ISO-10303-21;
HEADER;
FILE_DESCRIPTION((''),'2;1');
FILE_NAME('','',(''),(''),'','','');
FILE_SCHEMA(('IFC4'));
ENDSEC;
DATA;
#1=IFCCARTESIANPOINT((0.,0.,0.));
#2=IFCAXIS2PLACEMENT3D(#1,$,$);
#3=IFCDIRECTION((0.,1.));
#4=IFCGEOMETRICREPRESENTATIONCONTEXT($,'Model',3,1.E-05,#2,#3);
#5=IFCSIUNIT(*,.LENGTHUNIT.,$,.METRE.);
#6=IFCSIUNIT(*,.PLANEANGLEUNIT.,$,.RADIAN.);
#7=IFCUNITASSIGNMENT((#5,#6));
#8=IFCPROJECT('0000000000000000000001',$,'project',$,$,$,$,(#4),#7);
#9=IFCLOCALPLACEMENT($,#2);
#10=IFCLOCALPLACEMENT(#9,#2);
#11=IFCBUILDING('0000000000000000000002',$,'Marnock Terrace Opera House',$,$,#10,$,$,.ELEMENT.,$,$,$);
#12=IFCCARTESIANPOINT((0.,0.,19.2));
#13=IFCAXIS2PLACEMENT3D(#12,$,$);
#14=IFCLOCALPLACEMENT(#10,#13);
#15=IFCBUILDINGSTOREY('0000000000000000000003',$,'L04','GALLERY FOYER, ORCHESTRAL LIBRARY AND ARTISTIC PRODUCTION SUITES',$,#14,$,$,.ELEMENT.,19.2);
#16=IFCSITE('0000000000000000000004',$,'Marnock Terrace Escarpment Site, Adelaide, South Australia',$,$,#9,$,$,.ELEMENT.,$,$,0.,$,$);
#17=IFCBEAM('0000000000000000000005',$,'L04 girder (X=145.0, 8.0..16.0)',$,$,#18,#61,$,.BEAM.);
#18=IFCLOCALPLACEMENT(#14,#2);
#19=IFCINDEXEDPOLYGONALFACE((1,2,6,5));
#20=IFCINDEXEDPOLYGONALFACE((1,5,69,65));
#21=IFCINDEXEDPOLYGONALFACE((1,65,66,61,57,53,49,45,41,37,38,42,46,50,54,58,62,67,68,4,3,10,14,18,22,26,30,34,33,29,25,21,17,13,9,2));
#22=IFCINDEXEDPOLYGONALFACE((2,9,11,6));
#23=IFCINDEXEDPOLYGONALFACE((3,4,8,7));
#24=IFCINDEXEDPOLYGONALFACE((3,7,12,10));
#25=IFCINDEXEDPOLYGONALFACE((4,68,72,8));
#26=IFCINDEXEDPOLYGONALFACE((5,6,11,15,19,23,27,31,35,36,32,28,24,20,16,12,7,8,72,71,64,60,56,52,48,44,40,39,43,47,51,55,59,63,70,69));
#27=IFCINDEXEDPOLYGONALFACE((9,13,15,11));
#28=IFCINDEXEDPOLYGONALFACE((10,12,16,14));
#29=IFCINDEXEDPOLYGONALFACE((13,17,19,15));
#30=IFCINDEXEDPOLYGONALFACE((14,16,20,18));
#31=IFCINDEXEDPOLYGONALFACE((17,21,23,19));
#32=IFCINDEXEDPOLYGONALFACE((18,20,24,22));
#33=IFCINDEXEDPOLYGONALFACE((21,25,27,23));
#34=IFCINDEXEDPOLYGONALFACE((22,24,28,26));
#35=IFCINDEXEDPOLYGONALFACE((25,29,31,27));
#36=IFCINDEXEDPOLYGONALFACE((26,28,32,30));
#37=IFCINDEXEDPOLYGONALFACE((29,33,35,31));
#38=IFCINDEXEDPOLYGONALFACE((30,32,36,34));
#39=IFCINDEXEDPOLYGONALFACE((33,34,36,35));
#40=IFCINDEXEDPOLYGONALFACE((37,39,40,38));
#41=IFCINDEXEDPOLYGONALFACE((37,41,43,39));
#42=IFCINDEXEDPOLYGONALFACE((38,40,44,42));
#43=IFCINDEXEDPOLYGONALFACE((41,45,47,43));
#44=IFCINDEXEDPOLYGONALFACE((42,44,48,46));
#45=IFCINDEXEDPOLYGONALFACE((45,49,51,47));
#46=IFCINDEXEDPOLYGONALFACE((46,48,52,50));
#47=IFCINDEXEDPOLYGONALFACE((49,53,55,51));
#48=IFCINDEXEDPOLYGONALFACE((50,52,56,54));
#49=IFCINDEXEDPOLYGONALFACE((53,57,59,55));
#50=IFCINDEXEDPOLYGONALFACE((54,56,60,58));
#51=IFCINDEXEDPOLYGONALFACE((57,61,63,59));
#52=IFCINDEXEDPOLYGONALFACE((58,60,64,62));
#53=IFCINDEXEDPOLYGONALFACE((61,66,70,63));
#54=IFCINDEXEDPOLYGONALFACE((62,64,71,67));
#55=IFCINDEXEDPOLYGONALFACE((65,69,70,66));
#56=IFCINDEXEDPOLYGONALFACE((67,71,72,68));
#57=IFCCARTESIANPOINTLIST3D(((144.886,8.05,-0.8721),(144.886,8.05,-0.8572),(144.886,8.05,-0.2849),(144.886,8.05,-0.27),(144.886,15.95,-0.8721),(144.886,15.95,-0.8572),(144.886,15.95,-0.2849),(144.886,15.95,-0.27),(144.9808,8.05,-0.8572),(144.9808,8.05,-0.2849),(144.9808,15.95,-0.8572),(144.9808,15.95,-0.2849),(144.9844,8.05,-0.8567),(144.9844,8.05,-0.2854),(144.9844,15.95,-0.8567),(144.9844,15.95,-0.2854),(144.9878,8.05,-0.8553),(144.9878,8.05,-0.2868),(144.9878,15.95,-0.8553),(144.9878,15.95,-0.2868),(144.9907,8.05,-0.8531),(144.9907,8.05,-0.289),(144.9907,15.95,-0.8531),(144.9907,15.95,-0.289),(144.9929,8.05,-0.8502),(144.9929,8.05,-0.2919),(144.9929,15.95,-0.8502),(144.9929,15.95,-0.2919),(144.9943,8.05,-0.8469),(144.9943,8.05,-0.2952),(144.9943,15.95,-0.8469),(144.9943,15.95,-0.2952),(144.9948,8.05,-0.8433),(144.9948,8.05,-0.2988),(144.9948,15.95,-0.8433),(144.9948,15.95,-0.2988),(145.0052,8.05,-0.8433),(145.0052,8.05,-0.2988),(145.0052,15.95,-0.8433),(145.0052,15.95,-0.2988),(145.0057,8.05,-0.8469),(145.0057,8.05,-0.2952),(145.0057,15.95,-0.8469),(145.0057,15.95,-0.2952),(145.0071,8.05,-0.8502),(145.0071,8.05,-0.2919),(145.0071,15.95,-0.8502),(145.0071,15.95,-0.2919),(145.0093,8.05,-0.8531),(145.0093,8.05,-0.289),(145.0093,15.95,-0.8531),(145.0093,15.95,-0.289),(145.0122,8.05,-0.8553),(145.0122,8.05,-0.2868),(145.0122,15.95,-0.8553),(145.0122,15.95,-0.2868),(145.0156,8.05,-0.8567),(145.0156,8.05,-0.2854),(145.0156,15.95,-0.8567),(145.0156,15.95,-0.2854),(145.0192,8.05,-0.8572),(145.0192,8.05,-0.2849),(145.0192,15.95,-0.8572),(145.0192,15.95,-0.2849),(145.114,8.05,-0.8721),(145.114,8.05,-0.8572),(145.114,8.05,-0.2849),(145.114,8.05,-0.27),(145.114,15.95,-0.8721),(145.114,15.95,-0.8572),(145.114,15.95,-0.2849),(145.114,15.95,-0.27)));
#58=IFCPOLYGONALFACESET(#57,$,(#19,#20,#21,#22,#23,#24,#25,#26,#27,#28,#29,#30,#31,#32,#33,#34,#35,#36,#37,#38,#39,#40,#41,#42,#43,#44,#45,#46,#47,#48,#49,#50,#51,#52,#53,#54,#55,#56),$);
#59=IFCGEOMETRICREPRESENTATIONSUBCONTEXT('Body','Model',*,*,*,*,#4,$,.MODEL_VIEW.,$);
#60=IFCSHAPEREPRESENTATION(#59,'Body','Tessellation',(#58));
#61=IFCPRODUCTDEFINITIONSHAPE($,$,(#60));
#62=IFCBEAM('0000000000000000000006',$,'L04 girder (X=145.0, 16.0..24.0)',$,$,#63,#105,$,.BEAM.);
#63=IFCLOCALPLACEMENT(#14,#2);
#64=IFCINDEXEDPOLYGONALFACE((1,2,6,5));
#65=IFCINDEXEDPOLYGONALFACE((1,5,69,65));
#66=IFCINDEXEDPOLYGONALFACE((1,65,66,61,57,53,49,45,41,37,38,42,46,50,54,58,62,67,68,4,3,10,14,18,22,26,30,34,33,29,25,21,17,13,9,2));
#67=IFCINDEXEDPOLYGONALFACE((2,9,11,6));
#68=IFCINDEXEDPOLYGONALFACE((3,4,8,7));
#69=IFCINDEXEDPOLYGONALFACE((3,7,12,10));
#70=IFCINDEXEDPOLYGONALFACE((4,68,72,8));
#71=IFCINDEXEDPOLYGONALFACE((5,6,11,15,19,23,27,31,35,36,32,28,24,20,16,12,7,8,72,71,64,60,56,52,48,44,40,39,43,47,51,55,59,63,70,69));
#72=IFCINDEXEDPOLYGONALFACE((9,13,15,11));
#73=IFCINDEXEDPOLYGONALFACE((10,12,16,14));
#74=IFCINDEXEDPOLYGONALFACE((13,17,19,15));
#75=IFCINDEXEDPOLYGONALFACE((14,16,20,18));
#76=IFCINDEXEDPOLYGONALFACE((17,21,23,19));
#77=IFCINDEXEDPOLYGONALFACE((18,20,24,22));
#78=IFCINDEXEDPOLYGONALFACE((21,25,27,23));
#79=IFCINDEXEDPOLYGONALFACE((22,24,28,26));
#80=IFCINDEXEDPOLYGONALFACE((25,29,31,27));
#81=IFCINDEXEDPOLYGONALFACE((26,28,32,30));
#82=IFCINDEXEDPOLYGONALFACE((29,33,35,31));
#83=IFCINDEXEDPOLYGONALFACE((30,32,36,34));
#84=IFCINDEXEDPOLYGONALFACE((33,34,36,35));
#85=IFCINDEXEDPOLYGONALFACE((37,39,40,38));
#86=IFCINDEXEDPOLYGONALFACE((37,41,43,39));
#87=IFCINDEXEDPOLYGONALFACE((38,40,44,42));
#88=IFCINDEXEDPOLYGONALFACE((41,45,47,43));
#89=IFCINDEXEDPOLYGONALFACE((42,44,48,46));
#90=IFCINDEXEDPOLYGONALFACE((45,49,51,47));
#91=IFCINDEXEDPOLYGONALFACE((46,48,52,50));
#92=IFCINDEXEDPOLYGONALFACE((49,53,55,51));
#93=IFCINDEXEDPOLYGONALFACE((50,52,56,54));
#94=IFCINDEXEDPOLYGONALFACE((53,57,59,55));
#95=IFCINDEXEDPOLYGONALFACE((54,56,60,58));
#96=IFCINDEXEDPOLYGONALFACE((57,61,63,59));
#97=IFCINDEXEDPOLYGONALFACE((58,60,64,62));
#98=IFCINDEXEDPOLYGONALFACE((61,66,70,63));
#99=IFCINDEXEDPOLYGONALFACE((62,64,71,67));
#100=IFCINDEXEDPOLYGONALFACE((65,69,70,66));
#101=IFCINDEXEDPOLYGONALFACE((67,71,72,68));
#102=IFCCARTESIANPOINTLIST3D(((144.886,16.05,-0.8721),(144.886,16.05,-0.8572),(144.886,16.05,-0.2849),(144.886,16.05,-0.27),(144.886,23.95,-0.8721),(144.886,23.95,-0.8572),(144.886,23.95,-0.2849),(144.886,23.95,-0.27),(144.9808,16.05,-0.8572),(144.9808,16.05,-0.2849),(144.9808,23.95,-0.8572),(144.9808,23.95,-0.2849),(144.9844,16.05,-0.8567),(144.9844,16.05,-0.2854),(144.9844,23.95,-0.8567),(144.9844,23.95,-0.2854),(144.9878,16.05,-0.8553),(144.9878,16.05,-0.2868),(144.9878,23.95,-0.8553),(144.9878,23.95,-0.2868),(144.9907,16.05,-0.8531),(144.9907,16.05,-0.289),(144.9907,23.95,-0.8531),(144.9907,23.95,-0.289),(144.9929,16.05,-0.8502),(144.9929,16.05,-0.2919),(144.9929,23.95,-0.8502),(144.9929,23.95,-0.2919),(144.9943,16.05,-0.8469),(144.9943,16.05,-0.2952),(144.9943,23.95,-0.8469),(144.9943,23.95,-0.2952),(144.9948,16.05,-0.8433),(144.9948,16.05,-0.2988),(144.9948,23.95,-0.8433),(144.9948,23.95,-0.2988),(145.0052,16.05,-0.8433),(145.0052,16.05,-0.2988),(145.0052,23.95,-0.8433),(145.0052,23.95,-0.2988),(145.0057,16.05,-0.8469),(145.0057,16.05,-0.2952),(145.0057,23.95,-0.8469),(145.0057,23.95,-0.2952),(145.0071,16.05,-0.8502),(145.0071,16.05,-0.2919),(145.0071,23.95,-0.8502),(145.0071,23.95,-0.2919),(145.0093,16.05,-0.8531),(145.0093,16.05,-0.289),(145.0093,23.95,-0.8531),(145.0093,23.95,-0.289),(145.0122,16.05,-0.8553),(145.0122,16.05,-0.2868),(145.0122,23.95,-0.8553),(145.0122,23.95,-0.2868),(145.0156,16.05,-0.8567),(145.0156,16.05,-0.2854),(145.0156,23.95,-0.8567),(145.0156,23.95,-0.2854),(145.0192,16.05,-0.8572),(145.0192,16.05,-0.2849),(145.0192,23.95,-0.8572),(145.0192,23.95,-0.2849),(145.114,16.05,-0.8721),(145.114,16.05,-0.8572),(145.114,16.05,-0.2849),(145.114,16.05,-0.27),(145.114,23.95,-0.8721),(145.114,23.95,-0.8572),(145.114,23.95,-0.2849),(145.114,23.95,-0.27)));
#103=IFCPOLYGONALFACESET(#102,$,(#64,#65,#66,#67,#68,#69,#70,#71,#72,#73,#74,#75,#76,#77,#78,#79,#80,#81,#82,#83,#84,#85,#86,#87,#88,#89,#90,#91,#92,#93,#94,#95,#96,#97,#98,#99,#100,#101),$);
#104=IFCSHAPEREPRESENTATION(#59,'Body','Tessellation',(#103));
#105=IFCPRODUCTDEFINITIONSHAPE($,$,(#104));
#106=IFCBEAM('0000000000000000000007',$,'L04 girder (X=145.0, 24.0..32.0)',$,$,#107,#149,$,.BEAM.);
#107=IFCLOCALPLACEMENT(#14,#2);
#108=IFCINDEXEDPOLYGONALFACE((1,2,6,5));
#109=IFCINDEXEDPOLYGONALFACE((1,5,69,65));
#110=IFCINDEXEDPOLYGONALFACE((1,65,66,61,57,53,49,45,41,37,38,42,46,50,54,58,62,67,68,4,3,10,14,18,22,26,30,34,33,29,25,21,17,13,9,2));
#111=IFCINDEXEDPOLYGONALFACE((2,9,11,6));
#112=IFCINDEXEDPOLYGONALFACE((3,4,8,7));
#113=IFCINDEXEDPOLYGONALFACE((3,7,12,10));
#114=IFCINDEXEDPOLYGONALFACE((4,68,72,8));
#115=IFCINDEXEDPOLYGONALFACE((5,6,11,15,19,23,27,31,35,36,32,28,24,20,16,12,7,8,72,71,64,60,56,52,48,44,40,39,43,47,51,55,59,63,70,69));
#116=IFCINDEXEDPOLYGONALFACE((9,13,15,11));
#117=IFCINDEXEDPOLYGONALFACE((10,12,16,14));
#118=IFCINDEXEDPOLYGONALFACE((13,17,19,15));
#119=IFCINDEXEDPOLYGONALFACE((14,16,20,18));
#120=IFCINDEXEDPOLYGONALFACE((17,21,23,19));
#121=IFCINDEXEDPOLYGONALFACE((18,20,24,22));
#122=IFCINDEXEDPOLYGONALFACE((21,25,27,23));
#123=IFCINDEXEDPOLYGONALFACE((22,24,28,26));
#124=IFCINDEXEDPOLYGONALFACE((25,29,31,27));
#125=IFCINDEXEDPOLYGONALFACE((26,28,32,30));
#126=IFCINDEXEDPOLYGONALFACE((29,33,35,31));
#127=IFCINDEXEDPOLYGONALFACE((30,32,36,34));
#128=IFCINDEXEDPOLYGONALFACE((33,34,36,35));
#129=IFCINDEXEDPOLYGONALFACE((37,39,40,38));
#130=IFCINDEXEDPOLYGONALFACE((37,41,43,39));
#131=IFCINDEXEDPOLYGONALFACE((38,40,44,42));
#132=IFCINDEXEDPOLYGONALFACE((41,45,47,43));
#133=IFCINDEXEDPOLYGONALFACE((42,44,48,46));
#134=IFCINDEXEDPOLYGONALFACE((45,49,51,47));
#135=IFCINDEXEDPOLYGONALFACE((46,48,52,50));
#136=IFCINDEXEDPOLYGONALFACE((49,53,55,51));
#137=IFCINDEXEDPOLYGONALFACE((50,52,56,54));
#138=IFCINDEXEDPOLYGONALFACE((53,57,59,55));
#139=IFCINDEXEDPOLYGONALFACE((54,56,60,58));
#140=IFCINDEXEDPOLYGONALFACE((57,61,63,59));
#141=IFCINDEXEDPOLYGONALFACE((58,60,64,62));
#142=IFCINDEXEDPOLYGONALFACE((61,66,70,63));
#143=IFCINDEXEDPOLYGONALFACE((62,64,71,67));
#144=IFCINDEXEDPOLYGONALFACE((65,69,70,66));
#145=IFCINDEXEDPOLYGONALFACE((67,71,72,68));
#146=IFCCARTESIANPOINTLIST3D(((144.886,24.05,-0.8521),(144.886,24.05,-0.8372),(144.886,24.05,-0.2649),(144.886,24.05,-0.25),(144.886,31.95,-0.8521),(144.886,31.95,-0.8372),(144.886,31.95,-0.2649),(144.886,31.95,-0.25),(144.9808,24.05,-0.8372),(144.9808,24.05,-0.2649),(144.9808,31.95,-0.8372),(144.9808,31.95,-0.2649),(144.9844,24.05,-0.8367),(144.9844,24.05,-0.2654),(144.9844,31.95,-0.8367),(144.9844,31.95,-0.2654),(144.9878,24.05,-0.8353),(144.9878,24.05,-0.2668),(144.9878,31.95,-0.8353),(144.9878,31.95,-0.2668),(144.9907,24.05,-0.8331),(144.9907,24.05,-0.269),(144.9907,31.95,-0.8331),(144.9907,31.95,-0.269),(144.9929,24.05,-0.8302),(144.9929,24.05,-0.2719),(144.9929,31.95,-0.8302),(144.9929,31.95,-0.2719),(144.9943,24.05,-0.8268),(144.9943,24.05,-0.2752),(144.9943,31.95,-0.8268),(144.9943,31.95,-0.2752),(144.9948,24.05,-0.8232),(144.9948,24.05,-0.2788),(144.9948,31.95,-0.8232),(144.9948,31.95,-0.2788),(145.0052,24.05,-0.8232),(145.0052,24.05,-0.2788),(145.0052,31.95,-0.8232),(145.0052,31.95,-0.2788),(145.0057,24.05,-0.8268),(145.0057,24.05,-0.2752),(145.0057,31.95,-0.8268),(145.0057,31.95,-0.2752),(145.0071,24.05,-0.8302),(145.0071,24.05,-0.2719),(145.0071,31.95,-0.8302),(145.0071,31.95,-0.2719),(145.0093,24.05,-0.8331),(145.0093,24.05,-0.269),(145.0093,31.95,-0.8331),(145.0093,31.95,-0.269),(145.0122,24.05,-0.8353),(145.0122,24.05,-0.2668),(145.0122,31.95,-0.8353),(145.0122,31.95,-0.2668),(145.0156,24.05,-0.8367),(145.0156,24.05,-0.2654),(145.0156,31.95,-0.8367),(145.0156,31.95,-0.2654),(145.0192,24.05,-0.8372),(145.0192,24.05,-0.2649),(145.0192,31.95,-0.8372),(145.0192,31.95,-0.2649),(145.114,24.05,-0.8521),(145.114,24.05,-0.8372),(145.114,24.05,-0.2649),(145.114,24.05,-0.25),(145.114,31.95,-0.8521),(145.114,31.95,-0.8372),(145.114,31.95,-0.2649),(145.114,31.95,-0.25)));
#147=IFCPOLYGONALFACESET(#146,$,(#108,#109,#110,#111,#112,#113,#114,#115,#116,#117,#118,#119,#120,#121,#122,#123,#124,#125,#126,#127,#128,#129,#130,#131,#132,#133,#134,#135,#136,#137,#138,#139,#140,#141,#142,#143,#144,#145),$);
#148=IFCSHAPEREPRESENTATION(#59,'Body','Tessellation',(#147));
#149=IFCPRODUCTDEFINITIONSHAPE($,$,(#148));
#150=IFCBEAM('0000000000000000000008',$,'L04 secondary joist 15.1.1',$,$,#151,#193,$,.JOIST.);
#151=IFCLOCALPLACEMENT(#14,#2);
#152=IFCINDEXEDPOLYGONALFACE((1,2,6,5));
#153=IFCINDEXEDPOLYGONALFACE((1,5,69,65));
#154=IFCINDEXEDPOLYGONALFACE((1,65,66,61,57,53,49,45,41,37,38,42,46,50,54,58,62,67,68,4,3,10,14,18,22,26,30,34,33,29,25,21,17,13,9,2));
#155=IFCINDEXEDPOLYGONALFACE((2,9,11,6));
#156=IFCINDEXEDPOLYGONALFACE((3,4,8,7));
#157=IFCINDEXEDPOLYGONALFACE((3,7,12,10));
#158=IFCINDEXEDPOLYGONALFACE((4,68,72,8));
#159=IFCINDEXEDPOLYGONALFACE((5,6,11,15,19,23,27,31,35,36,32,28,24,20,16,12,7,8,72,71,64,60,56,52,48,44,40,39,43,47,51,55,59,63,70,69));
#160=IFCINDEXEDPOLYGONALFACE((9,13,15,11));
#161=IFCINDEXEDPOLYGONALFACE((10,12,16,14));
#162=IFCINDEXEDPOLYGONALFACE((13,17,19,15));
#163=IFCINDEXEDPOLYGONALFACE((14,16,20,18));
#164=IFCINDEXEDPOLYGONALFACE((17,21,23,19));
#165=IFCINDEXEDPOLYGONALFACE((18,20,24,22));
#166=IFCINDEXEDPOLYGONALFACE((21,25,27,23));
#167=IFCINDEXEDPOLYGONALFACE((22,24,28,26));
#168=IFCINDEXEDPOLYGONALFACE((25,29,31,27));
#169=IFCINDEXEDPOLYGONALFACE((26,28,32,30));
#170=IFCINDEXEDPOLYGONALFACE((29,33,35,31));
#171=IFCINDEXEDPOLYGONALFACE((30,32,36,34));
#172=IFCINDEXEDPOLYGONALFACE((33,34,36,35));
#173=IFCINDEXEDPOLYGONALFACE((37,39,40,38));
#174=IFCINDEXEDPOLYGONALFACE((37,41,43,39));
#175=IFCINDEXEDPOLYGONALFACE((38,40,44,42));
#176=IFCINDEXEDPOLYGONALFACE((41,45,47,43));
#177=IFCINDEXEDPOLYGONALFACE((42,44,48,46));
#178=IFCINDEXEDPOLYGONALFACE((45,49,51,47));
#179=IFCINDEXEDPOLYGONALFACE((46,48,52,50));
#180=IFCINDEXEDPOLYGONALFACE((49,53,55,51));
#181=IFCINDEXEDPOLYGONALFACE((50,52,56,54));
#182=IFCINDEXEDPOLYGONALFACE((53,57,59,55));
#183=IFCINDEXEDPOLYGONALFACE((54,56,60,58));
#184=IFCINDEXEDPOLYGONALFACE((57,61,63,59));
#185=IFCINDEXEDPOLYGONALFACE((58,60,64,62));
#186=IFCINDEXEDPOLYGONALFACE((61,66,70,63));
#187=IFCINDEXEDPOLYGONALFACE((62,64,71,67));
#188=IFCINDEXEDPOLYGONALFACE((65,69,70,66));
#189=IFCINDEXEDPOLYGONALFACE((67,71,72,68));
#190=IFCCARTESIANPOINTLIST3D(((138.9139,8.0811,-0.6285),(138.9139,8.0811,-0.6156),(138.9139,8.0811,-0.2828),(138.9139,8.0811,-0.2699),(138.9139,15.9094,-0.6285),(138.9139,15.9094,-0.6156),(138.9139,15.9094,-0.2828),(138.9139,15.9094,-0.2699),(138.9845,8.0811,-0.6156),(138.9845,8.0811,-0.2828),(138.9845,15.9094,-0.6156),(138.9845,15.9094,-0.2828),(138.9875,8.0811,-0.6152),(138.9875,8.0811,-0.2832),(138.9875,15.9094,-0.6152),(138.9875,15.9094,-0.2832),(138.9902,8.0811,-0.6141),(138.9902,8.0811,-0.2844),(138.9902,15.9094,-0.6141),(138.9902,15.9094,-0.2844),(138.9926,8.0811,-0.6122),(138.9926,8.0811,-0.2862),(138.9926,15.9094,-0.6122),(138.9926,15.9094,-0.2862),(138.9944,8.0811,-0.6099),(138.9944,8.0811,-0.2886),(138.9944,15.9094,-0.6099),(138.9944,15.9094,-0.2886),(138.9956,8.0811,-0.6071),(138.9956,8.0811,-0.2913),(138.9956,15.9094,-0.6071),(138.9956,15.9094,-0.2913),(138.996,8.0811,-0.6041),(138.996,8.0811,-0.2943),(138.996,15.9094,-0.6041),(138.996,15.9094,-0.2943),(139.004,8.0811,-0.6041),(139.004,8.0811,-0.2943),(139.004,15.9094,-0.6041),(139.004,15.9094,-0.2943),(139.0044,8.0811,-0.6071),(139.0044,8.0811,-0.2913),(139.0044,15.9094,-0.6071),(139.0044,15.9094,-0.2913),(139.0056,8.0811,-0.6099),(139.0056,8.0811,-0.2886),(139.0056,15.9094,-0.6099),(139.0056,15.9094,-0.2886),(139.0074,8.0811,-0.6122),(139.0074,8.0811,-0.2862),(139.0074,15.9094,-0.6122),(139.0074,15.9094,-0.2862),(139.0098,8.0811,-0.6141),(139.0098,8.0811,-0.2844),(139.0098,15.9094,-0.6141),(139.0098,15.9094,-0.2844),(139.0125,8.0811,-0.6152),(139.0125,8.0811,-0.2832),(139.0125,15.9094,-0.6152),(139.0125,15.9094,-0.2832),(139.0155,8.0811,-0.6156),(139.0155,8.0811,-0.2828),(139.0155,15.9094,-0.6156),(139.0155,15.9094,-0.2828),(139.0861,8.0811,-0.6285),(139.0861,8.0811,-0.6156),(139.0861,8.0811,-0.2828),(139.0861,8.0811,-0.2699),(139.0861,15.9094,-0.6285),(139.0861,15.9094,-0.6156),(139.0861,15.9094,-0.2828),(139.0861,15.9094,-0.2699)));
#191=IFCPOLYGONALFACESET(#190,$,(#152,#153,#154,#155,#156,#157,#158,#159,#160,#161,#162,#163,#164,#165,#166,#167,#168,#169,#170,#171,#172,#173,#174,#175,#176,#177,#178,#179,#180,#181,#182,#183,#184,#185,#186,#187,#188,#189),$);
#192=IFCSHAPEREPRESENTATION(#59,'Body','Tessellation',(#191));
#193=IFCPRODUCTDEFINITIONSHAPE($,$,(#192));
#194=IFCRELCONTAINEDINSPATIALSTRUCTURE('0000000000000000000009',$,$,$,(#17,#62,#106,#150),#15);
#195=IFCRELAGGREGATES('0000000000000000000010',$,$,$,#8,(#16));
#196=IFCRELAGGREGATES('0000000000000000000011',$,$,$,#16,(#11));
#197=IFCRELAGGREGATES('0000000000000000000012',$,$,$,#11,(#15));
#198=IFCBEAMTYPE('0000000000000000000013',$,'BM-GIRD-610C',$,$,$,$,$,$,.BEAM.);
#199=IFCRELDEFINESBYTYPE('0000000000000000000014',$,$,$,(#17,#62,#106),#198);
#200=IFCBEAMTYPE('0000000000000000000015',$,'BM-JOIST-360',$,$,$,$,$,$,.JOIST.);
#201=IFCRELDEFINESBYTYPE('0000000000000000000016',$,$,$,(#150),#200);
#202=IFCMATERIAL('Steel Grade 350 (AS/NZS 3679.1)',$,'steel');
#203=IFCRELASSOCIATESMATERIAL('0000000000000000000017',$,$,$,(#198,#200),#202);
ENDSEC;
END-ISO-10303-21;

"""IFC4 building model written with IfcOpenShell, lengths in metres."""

from ifc_helpers import new_model, si_unit, direction, frame, origin, origin_2d, place, context, subcontext, project, spatial, i_section, extrude, material, material_profile, profile_set, type_object, element, save


model = new_model("IFC4")

# Units and contexts
model_context = context("Model", 3, precision=1e-05, world=origin(), true_north=direction((0.0, 1.0)))
body_context = subcontext(model_context, "Body", "Model", "MODEL_VIEW")
ifc_project = project(units=[si_unit("LENGTHUNIT", "METRE"), si_unit("PLANEANGLEUNIT", "RADIAN")], contexts=[model_context])

# Site, building, storey
site_placement = place(None, origin())
site = spatial("IfcSite", under=ifc_project, at=site_placement, Name="Marnock Terrace Escarpment Site, Adelaide, South Australia", CompositionType="ELEMENT", RefElevation=0.0)
building_placement = place(site_placement, origin())
building = spatial("IfcBuilding", under=site, at=building_placement, Name="Marnock Terrace Opera House", CompositionType="ELEMENT")
storey_placement = place(building_placement, frame((0.0, 0.0, 19.2)))
storey = spatial("IfcBuildingStorey", under=building, at=storey_placement, Name="L04", Description="GALLERY FOYER, ORCHESTRAL LIBRARY AND ARTISTIC PRODUCTION SUITES", CompositionType="ELEMENT", Elevation=19.2)

# Beams
ifc_material_1 = material(Name="Steel Grade 350 (AS/NZS 3679.1)", Category="steel")
ifc_material_profile_1 = material_profile(ifc_material_1, i_section(OverallWidth=0.228, OverallDepth=0.6021, WebThickness=0.0105, FlangeThickness=0.0149, FilletRadius=0.0139, at=origin_2d()))
ifc_profile_set_1 = profile_set([ifc_material_profile_1], Name="Steel Grade 350 (AS/NZS 3679.1)")
beam_type_1 = type_object("IfcBeamType", Name="BM-GIRD-610C", PredefinedType="BEAM", material=ifc_profile_set_1)
for number, where, z_axis, x_axis, name in (
    (1, (145.0, 8.05, -0.571), (0.0, 1.0, 0.0), (-1.0, 0.0, 0.0), "L04 girder (X=145.0, 8.0..16.0)"),
    (2, (145.0, 16.05, -0.571), (0.0, 1.0, 0.0), (-1.0, 0.0, 0.0), "L04 girder (X=145.0, 16.0..24.0)"),
    (3, (145.0, 24.05, -0.551), (0.0, 1.0, 0.0), (-1.0, 0.0, 0.0), "L04 girder (X=145.0, 24.0..32.0)"),
):
    element("IfcBeam", number, at=place(storey_placement, frame(where, z_axis=z_axis, x_axis=x_axis)), inside=storey, type_object=beam_type_1, Name=name, PredefinedType="BEAM", context=body_context, shape_type="SweptSolid", body=[
        extrude(i_section(OverallWidth=0.228, OverallDepth=0.6021, WebThickness=0.0105, FlangeThickness=0.0149, FilletRadius=0.0139, at=origin_2d()), origin(), (0.0, 0.0, 1.0), 7.8999),
    ])
ifc_material_profile_2 = material_profile(ifc_material_1, i_section(OverallWidth=0.1721, OverallDepth=0.3586, WebThickness=0.0081, FlangeThickness=0.0129, FilletRadius=0.0115, at=origin_2d()))
ifc_profile_set_2 = profile_set([ifc_material_profile_2], Name="Steel Grade 350 (AS/NZS 3679.1)")
beam_type_2 = type_object("IfcBeamType", Name="BM-JOIST-360", PredefinedType="JOIST", material=ifc_profile_set_2)
for number, where, z_axis, x_axis, name in (
    (4, (139.0, 8.0811, -0.4492), (0.0, 1.0, 0.0), (-1.0, 0.0, 0.0), "L04 secondary joist 15.1.1"),
):
    element("IfcBeam", number, at=place(storey_placement, frame(where, z_axis=z_axis, x_axis=x_axis)), inside=storey, type_object=beam_type_2, Name=name, PredefinedType="JOIST", context=body_context, shape_type="SweptSolid", body=[
        extrude(i_section(OverallWidth=0.1721, OverallDepth=0.3586, WebThickness=0.0081, FlangeThickness=0.0129, FilletRadius=0.0115, at=origin_2d()), origin(), (0.0, 0.0, 1.0), 7.8284),
    ])

save(model, "model.ifc")
